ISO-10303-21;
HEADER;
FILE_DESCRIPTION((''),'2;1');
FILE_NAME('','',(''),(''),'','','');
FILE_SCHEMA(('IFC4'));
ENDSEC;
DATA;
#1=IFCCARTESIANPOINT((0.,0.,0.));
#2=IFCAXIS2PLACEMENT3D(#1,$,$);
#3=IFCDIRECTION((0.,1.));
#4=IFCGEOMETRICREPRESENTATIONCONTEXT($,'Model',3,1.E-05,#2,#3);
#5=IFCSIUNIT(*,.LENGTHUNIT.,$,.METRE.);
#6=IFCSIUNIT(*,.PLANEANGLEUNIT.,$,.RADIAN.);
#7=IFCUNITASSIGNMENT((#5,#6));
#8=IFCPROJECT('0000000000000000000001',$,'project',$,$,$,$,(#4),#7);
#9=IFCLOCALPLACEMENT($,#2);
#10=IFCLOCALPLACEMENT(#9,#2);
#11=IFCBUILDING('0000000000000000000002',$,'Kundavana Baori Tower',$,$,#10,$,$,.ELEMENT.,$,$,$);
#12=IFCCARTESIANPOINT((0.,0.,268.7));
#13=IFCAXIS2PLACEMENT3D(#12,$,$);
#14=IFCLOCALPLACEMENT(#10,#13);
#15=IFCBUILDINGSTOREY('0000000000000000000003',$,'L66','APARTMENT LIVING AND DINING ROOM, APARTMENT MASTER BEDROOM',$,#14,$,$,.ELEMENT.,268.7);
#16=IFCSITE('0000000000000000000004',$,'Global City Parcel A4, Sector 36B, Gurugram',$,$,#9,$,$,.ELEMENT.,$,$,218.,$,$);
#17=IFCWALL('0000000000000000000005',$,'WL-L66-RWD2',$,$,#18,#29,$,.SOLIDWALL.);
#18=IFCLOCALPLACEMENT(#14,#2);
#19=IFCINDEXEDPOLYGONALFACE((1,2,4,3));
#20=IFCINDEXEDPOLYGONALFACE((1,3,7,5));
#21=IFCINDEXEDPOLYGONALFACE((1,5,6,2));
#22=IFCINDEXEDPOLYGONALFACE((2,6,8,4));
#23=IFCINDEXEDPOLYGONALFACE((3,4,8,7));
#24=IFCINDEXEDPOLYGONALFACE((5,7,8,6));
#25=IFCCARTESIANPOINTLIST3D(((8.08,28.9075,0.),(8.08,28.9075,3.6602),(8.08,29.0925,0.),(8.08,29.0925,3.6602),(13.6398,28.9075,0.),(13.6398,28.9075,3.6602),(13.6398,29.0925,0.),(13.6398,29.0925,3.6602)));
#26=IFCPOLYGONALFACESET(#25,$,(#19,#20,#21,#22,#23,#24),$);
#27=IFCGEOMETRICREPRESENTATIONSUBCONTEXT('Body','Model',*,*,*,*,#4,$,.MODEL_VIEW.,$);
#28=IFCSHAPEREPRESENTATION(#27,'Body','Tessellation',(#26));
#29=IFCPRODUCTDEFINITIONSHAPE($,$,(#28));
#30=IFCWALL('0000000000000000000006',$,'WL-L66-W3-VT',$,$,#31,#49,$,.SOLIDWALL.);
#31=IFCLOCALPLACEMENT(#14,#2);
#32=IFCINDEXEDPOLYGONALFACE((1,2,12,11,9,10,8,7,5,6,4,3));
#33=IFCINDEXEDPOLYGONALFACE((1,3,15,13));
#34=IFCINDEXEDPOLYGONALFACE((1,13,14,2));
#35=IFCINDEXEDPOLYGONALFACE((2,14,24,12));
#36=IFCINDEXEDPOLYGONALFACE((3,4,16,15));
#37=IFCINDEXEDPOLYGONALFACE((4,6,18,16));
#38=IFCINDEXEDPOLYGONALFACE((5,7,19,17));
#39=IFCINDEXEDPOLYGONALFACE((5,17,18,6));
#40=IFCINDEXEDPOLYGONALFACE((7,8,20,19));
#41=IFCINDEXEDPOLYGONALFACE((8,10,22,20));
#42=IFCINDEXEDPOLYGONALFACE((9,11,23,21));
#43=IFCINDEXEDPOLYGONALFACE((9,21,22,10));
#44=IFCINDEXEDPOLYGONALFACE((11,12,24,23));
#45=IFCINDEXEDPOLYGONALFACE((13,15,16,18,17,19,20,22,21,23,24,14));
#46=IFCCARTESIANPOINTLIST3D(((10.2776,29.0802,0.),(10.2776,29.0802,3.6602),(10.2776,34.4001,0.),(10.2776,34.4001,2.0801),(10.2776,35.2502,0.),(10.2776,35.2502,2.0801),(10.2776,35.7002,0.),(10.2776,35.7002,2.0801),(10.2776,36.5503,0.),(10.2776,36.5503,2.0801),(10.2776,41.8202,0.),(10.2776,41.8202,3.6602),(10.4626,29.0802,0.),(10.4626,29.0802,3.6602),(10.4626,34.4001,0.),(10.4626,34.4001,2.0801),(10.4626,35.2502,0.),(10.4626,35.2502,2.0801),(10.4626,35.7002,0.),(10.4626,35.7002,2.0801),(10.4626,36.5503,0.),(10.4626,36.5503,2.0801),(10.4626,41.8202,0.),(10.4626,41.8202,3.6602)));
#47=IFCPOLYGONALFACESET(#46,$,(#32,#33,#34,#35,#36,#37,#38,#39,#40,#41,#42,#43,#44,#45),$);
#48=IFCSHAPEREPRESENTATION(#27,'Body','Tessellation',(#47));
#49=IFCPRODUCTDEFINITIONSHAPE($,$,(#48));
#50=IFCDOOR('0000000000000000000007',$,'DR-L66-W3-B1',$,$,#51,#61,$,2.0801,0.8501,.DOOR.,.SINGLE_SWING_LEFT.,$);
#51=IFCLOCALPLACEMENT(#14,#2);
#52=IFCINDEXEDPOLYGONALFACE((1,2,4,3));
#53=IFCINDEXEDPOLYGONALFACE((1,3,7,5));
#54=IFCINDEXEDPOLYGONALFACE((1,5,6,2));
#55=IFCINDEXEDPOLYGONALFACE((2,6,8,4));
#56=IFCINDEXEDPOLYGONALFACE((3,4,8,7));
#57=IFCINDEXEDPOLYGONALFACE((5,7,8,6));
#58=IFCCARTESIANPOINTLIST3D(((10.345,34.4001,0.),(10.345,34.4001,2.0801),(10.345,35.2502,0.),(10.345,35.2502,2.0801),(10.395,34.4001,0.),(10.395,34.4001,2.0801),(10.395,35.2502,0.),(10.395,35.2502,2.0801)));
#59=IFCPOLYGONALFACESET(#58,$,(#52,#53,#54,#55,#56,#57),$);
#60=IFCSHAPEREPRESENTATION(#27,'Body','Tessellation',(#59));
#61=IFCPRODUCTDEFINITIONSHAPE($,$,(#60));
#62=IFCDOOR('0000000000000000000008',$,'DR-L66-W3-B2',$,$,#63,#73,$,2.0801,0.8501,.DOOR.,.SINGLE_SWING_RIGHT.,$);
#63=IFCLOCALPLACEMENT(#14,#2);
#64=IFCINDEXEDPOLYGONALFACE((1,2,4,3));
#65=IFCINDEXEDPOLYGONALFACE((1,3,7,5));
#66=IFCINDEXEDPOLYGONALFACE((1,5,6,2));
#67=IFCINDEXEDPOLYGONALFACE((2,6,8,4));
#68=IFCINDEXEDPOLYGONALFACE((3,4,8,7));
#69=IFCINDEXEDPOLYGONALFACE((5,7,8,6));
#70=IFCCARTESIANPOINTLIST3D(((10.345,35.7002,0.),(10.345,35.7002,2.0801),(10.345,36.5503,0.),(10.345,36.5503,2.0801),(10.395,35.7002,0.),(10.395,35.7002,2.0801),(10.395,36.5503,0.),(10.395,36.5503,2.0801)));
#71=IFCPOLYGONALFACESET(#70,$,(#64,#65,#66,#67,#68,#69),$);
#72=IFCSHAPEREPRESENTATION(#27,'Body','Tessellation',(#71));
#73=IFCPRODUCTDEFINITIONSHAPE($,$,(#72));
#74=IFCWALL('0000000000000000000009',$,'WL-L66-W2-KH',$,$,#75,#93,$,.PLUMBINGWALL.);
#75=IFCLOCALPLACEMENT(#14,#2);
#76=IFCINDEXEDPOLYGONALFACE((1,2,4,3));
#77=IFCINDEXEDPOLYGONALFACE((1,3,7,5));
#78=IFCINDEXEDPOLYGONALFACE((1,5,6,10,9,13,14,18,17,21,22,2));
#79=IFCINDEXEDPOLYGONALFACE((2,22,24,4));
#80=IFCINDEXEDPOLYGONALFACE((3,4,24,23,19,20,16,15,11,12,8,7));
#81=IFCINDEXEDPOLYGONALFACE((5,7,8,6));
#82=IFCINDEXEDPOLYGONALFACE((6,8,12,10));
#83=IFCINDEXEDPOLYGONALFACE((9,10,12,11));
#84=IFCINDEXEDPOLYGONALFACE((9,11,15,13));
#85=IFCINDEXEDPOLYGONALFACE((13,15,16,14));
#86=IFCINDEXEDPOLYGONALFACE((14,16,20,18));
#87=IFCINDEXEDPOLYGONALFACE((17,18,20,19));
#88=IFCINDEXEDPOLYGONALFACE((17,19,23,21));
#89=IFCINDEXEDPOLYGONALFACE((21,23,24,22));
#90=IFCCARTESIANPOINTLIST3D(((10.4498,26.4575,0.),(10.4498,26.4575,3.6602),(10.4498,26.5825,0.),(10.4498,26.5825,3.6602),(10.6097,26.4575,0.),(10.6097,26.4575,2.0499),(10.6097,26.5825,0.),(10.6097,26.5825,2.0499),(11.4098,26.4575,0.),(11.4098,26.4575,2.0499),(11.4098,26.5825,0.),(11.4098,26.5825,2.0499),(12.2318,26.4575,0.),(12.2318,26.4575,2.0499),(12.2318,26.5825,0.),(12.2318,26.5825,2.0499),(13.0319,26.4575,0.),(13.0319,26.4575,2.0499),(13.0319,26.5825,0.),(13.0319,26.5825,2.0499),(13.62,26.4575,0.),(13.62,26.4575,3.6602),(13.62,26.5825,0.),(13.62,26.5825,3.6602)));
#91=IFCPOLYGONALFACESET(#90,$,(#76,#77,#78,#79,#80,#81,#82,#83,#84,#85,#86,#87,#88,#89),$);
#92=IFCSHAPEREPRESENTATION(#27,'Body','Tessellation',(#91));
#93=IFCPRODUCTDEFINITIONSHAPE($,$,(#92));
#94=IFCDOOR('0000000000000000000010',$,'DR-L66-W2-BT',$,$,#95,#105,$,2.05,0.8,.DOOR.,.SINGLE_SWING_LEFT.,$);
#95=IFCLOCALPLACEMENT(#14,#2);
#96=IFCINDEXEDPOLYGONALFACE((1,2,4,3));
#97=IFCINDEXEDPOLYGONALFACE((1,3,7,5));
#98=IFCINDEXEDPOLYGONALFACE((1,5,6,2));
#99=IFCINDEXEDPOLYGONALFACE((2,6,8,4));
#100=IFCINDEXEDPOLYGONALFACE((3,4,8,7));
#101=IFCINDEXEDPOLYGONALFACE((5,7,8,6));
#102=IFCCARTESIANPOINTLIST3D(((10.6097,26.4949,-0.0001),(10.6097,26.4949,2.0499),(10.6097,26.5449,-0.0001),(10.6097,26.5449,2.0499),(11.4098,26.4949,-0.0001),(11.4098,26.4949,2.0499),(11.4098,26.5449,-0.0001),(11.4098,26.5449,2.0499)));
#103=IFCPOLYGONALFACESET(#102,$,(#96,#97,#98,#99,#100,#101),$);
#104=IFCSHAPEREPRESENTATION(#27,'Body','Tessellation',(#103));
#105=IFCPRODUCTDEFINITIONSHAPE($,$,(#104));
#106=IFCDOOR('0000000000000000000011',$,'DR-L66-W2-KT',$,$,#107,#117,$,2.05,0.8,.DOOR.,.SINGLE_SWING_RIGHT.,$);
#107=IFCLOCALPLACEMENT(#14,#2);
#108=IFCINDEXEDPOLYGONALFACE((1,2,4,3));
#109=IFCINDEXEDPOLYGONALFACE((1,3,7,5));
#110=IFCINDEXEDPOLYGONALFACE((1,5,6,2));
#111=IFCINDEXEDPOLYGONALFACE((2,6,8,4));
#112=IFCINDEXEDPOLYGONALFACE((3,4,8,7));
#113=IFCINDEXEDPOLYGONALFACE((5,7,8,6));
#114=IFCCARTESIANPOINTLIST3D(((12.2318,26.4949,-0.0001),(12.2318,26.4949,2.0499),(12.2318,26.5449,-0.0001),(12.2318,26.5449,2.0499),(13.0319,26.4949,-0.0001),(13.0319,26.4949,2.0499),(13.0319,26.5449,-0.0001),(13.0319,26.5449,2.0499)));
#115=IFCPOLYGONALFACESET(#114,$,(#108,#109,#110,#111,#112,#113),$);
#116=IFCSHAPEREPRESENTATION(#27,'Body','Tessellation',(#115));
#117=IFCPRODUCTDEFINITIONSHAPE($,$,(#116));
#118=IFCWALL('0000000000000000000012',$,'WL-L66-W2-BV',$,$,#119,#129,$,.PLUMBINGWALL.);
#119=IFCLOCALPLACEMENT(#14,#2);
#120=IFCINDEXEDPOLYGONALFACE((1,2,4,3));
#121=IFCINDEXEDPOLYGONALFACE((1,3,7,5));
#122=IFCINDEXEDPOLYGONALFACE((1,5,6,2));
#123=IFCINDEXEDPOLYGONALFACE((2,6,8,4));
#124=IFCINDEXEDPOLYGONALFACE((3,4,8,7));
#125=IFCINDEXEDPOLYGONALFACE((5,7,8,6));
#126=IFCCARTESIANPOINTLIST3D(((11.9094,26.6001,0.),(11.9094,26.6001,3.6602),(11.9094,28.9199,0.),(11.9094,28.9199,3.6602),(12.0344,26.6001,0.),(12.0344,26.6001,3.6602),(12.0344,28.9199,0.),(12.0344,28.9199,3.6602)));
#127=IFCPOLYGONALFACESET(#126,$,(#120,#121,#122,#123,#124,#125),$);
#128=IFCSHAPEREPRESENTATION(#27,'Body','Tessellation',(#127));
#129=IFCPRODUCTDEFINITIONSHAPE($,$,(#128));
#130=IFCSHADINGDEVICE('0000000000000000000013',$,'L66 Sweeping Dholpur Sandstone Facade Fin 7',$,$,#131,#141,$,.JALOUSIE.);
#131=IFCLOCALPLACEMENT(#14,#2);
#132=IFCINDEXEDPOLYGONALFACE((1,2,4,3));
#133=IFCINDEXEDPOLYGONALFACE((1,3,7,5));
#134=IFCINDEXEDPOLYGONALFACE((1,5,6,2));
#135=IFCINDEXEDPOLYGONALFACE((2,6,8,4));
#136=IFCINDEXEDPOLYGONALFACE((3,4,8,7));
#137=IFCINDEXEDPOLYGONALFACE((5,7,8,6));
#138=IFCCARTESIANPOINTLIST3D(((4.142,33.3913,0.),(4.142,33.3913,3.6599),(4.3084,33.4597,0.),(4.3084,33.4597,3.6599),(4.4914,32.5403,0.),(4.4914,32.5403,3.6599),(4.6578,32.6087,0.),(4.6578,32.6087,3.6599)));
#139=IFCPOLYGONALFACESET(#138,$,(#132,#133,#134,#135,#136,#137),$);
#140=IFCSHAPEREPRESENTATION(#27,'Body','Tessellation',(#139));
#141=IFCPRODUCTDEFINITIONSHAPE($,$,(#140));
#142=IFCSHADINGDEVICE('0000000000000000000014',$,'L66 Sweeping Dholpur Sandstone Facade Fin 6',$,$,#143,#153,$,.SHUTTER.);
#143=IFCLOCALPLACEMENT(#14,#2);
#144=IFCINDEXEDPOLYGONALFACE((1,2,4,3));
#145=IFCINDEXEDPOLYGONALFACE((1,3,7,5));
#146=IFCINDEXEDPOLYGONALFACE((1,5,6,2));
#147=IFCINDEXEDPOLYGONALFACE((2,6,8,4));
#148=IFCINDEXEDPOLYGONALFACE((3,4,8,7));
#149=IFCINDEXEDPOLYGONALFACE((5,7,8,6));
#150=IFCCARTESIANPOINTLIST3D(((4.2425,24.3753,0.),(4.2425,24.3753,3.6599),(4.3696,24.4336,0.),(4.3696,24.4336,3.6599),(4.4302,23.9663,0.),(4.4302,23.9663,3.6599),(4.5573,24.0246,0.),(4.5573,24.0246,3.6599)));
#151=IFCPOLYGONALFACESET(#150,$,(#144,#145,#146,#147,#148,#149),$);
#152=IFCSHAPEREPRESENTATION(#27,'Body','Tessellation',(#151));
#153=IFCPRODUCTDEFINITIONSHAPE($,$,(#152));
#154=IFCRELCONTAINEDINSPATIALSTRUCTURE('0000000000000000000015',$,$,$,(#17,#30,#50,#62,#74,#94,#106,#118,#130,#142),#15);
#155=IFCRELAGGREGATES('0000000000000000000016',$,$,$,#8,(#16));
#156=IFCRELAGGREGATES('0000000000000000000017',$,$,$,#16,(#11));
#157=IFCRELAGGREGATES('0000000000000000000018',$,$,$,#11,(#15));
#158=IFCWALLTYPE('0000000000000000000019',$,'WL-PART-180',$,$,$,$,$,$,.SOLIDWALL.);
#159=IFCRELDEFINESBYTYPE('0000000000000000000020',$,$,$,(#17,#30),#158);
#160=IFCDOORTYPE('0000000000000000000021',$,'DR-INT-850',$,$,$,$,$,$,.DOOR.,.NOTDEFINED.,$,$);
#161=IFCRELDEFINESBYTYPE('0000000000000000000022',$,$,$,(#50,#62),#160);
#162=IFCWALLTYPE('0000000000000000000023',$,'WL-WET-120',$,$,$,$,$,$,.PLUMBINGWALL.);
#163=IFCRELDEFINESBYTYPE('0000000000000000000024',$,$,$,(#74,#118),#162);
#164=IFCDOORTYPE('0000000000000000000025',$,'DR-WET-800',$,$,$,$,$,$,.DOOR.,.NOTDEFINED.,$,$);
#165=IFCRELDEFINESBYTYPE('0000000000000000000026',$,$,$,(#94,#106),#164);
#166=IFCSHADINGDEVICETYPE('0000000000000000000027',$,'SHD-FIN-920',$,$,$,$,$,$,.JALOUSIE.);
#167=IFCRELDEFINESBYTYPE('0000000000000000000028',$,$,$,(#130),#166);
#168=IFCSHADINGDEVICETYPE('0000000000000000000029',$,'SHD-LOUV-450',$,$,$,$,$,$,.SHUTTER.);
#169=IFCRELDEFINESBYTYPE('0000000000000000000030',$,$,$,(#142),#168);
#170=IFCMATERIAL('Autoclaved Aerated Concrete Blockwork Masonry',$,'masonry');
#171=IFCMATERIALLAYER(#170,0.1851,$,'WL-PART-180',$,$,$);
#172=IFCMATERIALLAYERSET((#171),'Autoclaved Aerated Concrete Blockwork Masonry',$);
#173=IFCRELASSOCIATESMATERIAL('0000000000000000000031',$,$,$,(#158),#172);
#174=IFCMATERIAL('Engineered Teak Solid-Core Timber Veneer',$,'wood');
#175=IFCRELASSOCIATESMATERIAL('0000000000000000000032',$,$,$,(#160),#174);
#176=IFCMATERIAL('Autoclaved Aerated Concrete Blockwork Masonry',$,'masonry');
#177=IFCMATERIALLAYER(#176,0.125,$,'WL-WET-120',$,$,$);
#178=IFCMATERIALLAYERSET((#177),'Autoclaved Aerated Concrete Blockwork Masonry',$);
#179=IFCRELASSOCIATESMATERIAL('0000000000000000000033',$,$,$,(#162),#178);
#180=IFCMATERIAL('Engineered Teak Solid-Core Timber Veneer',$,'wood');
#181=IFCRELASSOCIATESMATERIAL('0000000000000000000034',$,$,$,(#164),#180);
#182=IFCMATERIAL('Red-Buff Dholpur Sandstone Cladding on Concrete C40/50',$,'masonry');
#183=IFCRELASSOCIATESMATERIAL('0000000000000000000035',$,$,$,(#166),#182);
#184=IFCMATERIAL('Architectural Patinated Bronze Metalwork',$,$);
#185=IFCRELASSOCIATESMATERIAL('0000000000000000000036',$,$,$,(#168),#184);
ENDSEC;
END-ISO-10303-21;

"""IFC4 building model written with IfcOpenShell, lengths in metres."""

from ifc_helpers import new_model, si_unit, direction, frame, frame_2d, origin, origin_2d, place, context, subcontext, project, spatial, rectangle, extrude, material, layer, layer_set, type_object, element, fill, save


model = new_model("IFC4")

# Units and contexts
model_context = context("Model", 3, precision=1e-05, world=origin(), true_north=direction((0.0, 1.0)))
body_context = subcontext(model_context, "Body", "Model", "MODEL_VIEW")
ifc_project = project(units=[si_unit("LENGTHUNIT", "METRE"), si_unit("PLANEANGLEUNIT", "RADIAN")], contexts=[model_context])

# Site, building, storey
site_placement = place(None, origin())
site = spatial("IfcSite", under=ifc_project, at=site_placement, Name="Global City Parcel A4, Sector 36B, Gurugram", CompositionType="ELEMENT", RefElevation=218.0)
building_placement = place(site_placement, origin())
building = spatial("IfcBuilding", under=site, at=building_placement, Name="Kundavana Baori Tower", CompositionType="ELEMENT")
storey_placement = place(building_placement, frame((0.0, 0.0, 268.7)))
storey = spatial("IfcBuildingStorey", under=building, at=storey_placement, Name="L66", Description="APARTMENT LIVING AND DINING ROOM, APARTMENT MASTER BEDROOM", CompositionType="ELEMENT", Elevation=268.7)

# Wall
ifc_material_1 = material(Name="Autoclaved Aerated Concrete Blockwork Masonry", Category="masonry")
ifc_layer_1 = layer(ifc_material_1, 0.1851, Name="WL-PART-180")
ifc_layer_set_1 = layer_set([ifc_layer_1], Name="Autoclaved Aerated Concrete Blockwork Masonry")
wall_type_1 = type_object("IfcWallType", Name="WL-PART-180", PredefinedType="SOLIDWALL", material=ifc_layer_set_1)
wall_1_placement = place(storey_placement, frame((8.0801, 29.0, 0.0), z_axis=(0.0, 0.0, 1.0), x_axis=(1.0, 0.0, 0.0)))
element("IfcWall", 1, at=wall_1_placement, inside=storey, type_object=wall_type_1, Name="WL-L66-RWD2", PredefinedType="SOLIDWALL", context=body_context, shape_type="SweptSolid", body=[
    extrude(rectangle(XDim=5.5598, YDim=0.1851, at=frame_2d((2.7798, 0.0))), origin(), (0.0, 0.0, 1.0), 3.6602),
])

# Walls, openings, doors
wall_2_placement = place(storey_placement, frame((10.3701, 29.0801, 0.0), z_axis=(0.0, 0.0, 1.0), x_axis=(0.0, 1.0, 0.0)))
wall_2 = element("IfcWall", 2, at=wall_2_placement, inside=storey, type_object=wall_type_1, Name="WL-L66-W3-VT", PredefinedType="SOLIDWALL", context=body_context, shape_type="SweptSolid", body=[
    extrude(rectangle(XDim=12.74, YDim=0.1851, at=frame_2d((6.3701, 0.0))), origin(), (0.0, 0.0, 1.0), 3.6602),
])
opening_1_placement = place(wall_2_placement, frame((5.3201, 0.0, 0.0)))
opening_1 = element("IfcOpeningElement", 3, at=opening_1_placement, cuts=wall_2, PredefinedType="OPENING", context=body_context, shape_type="SweptSolid", body=[
    extrude(rectangle(XDim=0.8501, YDim=2.0801, at=frame_2d((0.425, 1.04))), frame((0.0, 0.1025, 0.0), z_axis=(0.0, -1.0, 0.0), x_axis=(1.0, 0.0, 0.0)), (0.0, 0.0, 1.0), 0.2051),
])
opening_2_placement = place(wall_2_placement, frame((6.6201, 0.0, 0.0)))
opening_2 = element("IfcOpeningElement", 4, at=opening_2_placement, cuts=wall_2, PredefinedType="OPENING", context=body_context, shape_type="SweptSolid", body=[
    extrude(rectangle(XDim=0.8501, YDim=2.0801, at=frame_2d((0.425, 1.04))), frame((0.0, 0.1025, 0.0), z_axis=(0.0, -1.0, 0.0), x_axis=(1.0, 0.0, 0.0)), (0.0, 0.0, 1.0), 0.2051),
])
ifc_material_2 = material(Name="Engineered Teak Solid-Core Timber Veneer", Category="wood")
door_type_1 = type_object("IfcDoorType", Name="DR-INT-850", OperationType="NOTDEFINED", PredefinedType="DOOR", material=ifc_material_2)
door_1_placement = place(opening_1_placement, frame((0.8501, 0.0, 0.0), z_axis=(0.0, 0.0, 1.0), x_axis=(-1.0, 0.0, 0.0)))
door_1 = element("IfcDoor", 5, at=door_1_placement, inside=storey, type_object=door_type_1, Name="DR-L66-W3-B1", OperationType="SINGLE_SWING_LEFT", OverallHeight=2.0801, OverallWidth=0.8501, PredefinedType="DOOR", context=body_context, shape_type="SweptSolid", body=[
    extrude(rectangle(XDim=0.8501, YDim=2.0801, at=frame_2d((0.425, 1.04))), frame((0.0, 0.0249, 0.0), z_axis=(0.0, -1.0, 0.0), x_axis=(1.0, 0.0, 0.0)), (0.0, 0.0, 1.0), 0.05),
])
fill(opening_1, door_1)
door_2_placement = place(opening_2_placement, frame((0.8501, 0.0, 0.0), z_axis=(0.0, 0.0, 1.0), x_axis=(-1.0, 0.0, 0.0)))
door_2 = element("IfcDoor", 6, at=door_2_placement, inside=storey, type_object=door_type_1, Name="DR-L66-W3-B2", OperationType="SINGLE_SWING_RIGHT", OverallHeight=2.0801, OverallWidth=0.8501, PredefinedType="DOOR", context=body_context, shape_type="SweptSolid", body=[
    extrude(rectangle(XDim=0.8501, YDim=2.0801, at=frame_2d((0.425, 1.04))), frame((0.0, 0.0249, 0.0), z_axis=(0.0, -1.0, 0.0), x_axis=(1.0, 0.0, 0.0)), (0.0, 0.0, 1.0), 0.05),
])
fill(opening_2, door_2)
ifc_material_3 = material(Name="Autoclaved Aerated Concrete Blockwork Masonry", Category="masonry")
ifc_layer_2 = layer(ifc_material_3, 0.125, Name="WL-WET-120")
ifc_layer_set_2 = layer_set([ifc_layer_2], Name="Autoclaved Aerated Concrete Blockwork Masonry")
wall_type_2 = type_object("IfcWallType", Name="WL-WET-120", PredefinedType="PLUMBINGWALL", material=ifc_layer_set_2)
wall_3_placement = place(storey_placement, frame((10.45, 26.52, 0.0), z_axis=(0.0, 0.0, 1.0), x_axis=(1.0, 0.0, 0.0)))
wall_3 = element("IfcWall", 7, at=wall_3_placement, inside=storey, type_object=wall_type_2, Name="WL-L66-W2-KH", PredefinedType="PLUMBINGWALL", context=body_context, shape_type="SweptSolid", body=[
    extrude(rectangle(XDim=3.1702, YDim=0.125, at=frame_2d((1.585, 0.0))), origin(), (0.0, 0.0, 1.0), 3.6602),
])
opening_3_placement = place(wall_3_placement, frame((0.1599, 0.0, 0.0)))
opening_3 = element("IfcOpeningElement", 8, at=opening_3_placement, cuts=wall_3, PredefinedType="OPENING", context=body_context, shape_type="SweptSolid", body=[
    extrude(rectangle(XDim=0.8, YDim=2.05, at=frame_2d((0.3999, 1.0249))), frame((0.0, 0.0725, 0.0), z_axis=(0.0, -1.0, 0.0), x_axis=(1.0, 0.0, 0.0)), (0.0, 0.0, 1.0), 0.145),
])
opening_4_placement = place(wall_3_placement, frame((1.782, 0.0, 0.0)))
opening_4 = element("IfcOpeningElement", 9, at=opening_4_placement, cuts=wall_3, PredefinedType="OPENING", context=body_context, shape_type="SweptSolid", body=[
    extrude(rectangle(XDim=0.8, YDim=2.05, at=frame_2d((0.3999, 1.0249))), frame((0.0, 0.0725, 0.0), z_axis=(0.0, -1.0, 0.0), x_axis=(1.0, 0.0, 0.0)), (0.0, 0.0, 1.0), 0.145),
])
ifc_material_4 = material(Name="Engineered Teak Solid-Core Timber Veneer", Category="wood")
door_type_2 = type_object("IfcDoorType", Name="DR-WET-800", OperationType="NOTDEFINED", PredefinedType="DOOR", material=ifc_material_4)
door_3_placement = place(opening_3_placement, origin())
door_3 = element("IfcDoor", 10, at=door_3_placement, inside=storey, type_object=door_type_2, Name="DR-L66-W2-BT", OperationType="SINGLE_SWING_LEFT", OverallHeight=2.05, OverallWidth=0.8, PredefinedType="DOOR", context=body_context, shape_type="SweptSolid", body=[
    extrude(rectangle(XDim=0.8, YDim=2.05, at=frame_2d((0.3999, 1.0249))), frame((0.0, 0.0249, 0.0), z_axis=(0.0, -1.0, 0.0), x_axis=(1.0, 0.0, 0.0)), (0.0, 0.0, 1.0), 0.05),
])
fill(opening_3, door_3)
door_4_placement = place(opening_4_placement, origin())
door_4 = element("IfcDoor", 11, at=door_4_placement, inside=storey, type_object=door_type_2, Name="DR-L66-W2-KT", OperationType="SINGLE_SWING_RIGHT", OverallHeight=2.05, OverallWidth=0.8, PredefinedType="DOOR", context=body_context, shape_type="SweptSolid", body=[
    extrude(rectangle(XDim=0.8, YDim=2.05, at=frame_2d((0.3999, 1.0249))), frame((0.0, 0.0249, 0.0), z_axis=(0.0, -1.0, 0.0), x_axis=(1.0, 0.0, 0.0)), (0.0, 0.0, 1.0), 0.05),
])
fill(opening_4, door_4)

# Wall
wall_4_placement = place(storey_placement, frame((11.9719, 26.6001, 0.0), z_axis=(0.0, 0.0, 1.0), x_axis=(0.0, 1.0, 0.0)))
element("IfcWall", 12, at=wall_4_placement, inside=storey, type_object=wall_type_2, Name="WL-L66-W2-BV", PredefinedType="PLUMBINGWALL", context=body_context, shape_type="SweptSolid", body=[
    extrude(rectangle(XDim=2.3198, YDim=0.125, at=frame_2d((1.1599, 0.0))), origin(), (0.0, 0.0, 1.0), 3.6602),
])

# Shading devices
ifc_material_5 = material(Name="Red-Buff Dholpur Sandstone Cladding on Concrete C40/50", Category="masonry")
shading_device_type_1 = type_object("IfcShadingDeviceType", Name="SHD-FIN-920", PredefinedType="JALOUSIE", material=ifc_material_5)
shading_device_1_placement = place(storey_placement, frame((4.3999, 33.0, 0.0), z_axis=(0.0, 0.0, 1.0), x_axis=(0.925077, 0.379779, 0.0)))
element("IfcShadingDevice", 13, at=shading_device_1_placement, inside=storey, type_object=shading_device_type_1, Name="L66 Sweeping Dholpur Sandstone Facade Fin 7", PredefinedType="JALOUSIE", context=body_context, shape_type="SweptSolid", body=[
    extrude(rectangle(XDim=0.1799, YDim=0.9199, at=origin_2d()), origin(), (0.0, 0.0, 1.0), 3.6599),
])
ifc_material_6 = material(Name="Architectural Patinated Bronze Metalwork")
shading_device_type_2 = type_object("IfcShadingDeviceType", Name="SHD-LOUV-450", PredefinedType="SHUTTER", material=ifc_material_6)
shading_device_2_placement = place(storey_placement, frame((4.3999, 24.2, 0.0), z_axis=(0.0, 0.0, 1.0), x_axis=(0.908872, 0.417074, 0.0)))
element("IfcShadingDevice", 14, at=shading_device_2_placement, inside=storey, type_object=shading_device_type_2, Name="L66 Sweeping Dholpur Sandstone Facade Fin 6", PredefinedType="SHUTTER", context=body_context, shape_type="SweptSolid", body=[
    extrude(rectangle(XDim=0.1399, YDim=0.45, at=origin_2d()), origin(), (0.0, 0.0, 1.0), 3.6599),
])

save(model, "model.ifc")
